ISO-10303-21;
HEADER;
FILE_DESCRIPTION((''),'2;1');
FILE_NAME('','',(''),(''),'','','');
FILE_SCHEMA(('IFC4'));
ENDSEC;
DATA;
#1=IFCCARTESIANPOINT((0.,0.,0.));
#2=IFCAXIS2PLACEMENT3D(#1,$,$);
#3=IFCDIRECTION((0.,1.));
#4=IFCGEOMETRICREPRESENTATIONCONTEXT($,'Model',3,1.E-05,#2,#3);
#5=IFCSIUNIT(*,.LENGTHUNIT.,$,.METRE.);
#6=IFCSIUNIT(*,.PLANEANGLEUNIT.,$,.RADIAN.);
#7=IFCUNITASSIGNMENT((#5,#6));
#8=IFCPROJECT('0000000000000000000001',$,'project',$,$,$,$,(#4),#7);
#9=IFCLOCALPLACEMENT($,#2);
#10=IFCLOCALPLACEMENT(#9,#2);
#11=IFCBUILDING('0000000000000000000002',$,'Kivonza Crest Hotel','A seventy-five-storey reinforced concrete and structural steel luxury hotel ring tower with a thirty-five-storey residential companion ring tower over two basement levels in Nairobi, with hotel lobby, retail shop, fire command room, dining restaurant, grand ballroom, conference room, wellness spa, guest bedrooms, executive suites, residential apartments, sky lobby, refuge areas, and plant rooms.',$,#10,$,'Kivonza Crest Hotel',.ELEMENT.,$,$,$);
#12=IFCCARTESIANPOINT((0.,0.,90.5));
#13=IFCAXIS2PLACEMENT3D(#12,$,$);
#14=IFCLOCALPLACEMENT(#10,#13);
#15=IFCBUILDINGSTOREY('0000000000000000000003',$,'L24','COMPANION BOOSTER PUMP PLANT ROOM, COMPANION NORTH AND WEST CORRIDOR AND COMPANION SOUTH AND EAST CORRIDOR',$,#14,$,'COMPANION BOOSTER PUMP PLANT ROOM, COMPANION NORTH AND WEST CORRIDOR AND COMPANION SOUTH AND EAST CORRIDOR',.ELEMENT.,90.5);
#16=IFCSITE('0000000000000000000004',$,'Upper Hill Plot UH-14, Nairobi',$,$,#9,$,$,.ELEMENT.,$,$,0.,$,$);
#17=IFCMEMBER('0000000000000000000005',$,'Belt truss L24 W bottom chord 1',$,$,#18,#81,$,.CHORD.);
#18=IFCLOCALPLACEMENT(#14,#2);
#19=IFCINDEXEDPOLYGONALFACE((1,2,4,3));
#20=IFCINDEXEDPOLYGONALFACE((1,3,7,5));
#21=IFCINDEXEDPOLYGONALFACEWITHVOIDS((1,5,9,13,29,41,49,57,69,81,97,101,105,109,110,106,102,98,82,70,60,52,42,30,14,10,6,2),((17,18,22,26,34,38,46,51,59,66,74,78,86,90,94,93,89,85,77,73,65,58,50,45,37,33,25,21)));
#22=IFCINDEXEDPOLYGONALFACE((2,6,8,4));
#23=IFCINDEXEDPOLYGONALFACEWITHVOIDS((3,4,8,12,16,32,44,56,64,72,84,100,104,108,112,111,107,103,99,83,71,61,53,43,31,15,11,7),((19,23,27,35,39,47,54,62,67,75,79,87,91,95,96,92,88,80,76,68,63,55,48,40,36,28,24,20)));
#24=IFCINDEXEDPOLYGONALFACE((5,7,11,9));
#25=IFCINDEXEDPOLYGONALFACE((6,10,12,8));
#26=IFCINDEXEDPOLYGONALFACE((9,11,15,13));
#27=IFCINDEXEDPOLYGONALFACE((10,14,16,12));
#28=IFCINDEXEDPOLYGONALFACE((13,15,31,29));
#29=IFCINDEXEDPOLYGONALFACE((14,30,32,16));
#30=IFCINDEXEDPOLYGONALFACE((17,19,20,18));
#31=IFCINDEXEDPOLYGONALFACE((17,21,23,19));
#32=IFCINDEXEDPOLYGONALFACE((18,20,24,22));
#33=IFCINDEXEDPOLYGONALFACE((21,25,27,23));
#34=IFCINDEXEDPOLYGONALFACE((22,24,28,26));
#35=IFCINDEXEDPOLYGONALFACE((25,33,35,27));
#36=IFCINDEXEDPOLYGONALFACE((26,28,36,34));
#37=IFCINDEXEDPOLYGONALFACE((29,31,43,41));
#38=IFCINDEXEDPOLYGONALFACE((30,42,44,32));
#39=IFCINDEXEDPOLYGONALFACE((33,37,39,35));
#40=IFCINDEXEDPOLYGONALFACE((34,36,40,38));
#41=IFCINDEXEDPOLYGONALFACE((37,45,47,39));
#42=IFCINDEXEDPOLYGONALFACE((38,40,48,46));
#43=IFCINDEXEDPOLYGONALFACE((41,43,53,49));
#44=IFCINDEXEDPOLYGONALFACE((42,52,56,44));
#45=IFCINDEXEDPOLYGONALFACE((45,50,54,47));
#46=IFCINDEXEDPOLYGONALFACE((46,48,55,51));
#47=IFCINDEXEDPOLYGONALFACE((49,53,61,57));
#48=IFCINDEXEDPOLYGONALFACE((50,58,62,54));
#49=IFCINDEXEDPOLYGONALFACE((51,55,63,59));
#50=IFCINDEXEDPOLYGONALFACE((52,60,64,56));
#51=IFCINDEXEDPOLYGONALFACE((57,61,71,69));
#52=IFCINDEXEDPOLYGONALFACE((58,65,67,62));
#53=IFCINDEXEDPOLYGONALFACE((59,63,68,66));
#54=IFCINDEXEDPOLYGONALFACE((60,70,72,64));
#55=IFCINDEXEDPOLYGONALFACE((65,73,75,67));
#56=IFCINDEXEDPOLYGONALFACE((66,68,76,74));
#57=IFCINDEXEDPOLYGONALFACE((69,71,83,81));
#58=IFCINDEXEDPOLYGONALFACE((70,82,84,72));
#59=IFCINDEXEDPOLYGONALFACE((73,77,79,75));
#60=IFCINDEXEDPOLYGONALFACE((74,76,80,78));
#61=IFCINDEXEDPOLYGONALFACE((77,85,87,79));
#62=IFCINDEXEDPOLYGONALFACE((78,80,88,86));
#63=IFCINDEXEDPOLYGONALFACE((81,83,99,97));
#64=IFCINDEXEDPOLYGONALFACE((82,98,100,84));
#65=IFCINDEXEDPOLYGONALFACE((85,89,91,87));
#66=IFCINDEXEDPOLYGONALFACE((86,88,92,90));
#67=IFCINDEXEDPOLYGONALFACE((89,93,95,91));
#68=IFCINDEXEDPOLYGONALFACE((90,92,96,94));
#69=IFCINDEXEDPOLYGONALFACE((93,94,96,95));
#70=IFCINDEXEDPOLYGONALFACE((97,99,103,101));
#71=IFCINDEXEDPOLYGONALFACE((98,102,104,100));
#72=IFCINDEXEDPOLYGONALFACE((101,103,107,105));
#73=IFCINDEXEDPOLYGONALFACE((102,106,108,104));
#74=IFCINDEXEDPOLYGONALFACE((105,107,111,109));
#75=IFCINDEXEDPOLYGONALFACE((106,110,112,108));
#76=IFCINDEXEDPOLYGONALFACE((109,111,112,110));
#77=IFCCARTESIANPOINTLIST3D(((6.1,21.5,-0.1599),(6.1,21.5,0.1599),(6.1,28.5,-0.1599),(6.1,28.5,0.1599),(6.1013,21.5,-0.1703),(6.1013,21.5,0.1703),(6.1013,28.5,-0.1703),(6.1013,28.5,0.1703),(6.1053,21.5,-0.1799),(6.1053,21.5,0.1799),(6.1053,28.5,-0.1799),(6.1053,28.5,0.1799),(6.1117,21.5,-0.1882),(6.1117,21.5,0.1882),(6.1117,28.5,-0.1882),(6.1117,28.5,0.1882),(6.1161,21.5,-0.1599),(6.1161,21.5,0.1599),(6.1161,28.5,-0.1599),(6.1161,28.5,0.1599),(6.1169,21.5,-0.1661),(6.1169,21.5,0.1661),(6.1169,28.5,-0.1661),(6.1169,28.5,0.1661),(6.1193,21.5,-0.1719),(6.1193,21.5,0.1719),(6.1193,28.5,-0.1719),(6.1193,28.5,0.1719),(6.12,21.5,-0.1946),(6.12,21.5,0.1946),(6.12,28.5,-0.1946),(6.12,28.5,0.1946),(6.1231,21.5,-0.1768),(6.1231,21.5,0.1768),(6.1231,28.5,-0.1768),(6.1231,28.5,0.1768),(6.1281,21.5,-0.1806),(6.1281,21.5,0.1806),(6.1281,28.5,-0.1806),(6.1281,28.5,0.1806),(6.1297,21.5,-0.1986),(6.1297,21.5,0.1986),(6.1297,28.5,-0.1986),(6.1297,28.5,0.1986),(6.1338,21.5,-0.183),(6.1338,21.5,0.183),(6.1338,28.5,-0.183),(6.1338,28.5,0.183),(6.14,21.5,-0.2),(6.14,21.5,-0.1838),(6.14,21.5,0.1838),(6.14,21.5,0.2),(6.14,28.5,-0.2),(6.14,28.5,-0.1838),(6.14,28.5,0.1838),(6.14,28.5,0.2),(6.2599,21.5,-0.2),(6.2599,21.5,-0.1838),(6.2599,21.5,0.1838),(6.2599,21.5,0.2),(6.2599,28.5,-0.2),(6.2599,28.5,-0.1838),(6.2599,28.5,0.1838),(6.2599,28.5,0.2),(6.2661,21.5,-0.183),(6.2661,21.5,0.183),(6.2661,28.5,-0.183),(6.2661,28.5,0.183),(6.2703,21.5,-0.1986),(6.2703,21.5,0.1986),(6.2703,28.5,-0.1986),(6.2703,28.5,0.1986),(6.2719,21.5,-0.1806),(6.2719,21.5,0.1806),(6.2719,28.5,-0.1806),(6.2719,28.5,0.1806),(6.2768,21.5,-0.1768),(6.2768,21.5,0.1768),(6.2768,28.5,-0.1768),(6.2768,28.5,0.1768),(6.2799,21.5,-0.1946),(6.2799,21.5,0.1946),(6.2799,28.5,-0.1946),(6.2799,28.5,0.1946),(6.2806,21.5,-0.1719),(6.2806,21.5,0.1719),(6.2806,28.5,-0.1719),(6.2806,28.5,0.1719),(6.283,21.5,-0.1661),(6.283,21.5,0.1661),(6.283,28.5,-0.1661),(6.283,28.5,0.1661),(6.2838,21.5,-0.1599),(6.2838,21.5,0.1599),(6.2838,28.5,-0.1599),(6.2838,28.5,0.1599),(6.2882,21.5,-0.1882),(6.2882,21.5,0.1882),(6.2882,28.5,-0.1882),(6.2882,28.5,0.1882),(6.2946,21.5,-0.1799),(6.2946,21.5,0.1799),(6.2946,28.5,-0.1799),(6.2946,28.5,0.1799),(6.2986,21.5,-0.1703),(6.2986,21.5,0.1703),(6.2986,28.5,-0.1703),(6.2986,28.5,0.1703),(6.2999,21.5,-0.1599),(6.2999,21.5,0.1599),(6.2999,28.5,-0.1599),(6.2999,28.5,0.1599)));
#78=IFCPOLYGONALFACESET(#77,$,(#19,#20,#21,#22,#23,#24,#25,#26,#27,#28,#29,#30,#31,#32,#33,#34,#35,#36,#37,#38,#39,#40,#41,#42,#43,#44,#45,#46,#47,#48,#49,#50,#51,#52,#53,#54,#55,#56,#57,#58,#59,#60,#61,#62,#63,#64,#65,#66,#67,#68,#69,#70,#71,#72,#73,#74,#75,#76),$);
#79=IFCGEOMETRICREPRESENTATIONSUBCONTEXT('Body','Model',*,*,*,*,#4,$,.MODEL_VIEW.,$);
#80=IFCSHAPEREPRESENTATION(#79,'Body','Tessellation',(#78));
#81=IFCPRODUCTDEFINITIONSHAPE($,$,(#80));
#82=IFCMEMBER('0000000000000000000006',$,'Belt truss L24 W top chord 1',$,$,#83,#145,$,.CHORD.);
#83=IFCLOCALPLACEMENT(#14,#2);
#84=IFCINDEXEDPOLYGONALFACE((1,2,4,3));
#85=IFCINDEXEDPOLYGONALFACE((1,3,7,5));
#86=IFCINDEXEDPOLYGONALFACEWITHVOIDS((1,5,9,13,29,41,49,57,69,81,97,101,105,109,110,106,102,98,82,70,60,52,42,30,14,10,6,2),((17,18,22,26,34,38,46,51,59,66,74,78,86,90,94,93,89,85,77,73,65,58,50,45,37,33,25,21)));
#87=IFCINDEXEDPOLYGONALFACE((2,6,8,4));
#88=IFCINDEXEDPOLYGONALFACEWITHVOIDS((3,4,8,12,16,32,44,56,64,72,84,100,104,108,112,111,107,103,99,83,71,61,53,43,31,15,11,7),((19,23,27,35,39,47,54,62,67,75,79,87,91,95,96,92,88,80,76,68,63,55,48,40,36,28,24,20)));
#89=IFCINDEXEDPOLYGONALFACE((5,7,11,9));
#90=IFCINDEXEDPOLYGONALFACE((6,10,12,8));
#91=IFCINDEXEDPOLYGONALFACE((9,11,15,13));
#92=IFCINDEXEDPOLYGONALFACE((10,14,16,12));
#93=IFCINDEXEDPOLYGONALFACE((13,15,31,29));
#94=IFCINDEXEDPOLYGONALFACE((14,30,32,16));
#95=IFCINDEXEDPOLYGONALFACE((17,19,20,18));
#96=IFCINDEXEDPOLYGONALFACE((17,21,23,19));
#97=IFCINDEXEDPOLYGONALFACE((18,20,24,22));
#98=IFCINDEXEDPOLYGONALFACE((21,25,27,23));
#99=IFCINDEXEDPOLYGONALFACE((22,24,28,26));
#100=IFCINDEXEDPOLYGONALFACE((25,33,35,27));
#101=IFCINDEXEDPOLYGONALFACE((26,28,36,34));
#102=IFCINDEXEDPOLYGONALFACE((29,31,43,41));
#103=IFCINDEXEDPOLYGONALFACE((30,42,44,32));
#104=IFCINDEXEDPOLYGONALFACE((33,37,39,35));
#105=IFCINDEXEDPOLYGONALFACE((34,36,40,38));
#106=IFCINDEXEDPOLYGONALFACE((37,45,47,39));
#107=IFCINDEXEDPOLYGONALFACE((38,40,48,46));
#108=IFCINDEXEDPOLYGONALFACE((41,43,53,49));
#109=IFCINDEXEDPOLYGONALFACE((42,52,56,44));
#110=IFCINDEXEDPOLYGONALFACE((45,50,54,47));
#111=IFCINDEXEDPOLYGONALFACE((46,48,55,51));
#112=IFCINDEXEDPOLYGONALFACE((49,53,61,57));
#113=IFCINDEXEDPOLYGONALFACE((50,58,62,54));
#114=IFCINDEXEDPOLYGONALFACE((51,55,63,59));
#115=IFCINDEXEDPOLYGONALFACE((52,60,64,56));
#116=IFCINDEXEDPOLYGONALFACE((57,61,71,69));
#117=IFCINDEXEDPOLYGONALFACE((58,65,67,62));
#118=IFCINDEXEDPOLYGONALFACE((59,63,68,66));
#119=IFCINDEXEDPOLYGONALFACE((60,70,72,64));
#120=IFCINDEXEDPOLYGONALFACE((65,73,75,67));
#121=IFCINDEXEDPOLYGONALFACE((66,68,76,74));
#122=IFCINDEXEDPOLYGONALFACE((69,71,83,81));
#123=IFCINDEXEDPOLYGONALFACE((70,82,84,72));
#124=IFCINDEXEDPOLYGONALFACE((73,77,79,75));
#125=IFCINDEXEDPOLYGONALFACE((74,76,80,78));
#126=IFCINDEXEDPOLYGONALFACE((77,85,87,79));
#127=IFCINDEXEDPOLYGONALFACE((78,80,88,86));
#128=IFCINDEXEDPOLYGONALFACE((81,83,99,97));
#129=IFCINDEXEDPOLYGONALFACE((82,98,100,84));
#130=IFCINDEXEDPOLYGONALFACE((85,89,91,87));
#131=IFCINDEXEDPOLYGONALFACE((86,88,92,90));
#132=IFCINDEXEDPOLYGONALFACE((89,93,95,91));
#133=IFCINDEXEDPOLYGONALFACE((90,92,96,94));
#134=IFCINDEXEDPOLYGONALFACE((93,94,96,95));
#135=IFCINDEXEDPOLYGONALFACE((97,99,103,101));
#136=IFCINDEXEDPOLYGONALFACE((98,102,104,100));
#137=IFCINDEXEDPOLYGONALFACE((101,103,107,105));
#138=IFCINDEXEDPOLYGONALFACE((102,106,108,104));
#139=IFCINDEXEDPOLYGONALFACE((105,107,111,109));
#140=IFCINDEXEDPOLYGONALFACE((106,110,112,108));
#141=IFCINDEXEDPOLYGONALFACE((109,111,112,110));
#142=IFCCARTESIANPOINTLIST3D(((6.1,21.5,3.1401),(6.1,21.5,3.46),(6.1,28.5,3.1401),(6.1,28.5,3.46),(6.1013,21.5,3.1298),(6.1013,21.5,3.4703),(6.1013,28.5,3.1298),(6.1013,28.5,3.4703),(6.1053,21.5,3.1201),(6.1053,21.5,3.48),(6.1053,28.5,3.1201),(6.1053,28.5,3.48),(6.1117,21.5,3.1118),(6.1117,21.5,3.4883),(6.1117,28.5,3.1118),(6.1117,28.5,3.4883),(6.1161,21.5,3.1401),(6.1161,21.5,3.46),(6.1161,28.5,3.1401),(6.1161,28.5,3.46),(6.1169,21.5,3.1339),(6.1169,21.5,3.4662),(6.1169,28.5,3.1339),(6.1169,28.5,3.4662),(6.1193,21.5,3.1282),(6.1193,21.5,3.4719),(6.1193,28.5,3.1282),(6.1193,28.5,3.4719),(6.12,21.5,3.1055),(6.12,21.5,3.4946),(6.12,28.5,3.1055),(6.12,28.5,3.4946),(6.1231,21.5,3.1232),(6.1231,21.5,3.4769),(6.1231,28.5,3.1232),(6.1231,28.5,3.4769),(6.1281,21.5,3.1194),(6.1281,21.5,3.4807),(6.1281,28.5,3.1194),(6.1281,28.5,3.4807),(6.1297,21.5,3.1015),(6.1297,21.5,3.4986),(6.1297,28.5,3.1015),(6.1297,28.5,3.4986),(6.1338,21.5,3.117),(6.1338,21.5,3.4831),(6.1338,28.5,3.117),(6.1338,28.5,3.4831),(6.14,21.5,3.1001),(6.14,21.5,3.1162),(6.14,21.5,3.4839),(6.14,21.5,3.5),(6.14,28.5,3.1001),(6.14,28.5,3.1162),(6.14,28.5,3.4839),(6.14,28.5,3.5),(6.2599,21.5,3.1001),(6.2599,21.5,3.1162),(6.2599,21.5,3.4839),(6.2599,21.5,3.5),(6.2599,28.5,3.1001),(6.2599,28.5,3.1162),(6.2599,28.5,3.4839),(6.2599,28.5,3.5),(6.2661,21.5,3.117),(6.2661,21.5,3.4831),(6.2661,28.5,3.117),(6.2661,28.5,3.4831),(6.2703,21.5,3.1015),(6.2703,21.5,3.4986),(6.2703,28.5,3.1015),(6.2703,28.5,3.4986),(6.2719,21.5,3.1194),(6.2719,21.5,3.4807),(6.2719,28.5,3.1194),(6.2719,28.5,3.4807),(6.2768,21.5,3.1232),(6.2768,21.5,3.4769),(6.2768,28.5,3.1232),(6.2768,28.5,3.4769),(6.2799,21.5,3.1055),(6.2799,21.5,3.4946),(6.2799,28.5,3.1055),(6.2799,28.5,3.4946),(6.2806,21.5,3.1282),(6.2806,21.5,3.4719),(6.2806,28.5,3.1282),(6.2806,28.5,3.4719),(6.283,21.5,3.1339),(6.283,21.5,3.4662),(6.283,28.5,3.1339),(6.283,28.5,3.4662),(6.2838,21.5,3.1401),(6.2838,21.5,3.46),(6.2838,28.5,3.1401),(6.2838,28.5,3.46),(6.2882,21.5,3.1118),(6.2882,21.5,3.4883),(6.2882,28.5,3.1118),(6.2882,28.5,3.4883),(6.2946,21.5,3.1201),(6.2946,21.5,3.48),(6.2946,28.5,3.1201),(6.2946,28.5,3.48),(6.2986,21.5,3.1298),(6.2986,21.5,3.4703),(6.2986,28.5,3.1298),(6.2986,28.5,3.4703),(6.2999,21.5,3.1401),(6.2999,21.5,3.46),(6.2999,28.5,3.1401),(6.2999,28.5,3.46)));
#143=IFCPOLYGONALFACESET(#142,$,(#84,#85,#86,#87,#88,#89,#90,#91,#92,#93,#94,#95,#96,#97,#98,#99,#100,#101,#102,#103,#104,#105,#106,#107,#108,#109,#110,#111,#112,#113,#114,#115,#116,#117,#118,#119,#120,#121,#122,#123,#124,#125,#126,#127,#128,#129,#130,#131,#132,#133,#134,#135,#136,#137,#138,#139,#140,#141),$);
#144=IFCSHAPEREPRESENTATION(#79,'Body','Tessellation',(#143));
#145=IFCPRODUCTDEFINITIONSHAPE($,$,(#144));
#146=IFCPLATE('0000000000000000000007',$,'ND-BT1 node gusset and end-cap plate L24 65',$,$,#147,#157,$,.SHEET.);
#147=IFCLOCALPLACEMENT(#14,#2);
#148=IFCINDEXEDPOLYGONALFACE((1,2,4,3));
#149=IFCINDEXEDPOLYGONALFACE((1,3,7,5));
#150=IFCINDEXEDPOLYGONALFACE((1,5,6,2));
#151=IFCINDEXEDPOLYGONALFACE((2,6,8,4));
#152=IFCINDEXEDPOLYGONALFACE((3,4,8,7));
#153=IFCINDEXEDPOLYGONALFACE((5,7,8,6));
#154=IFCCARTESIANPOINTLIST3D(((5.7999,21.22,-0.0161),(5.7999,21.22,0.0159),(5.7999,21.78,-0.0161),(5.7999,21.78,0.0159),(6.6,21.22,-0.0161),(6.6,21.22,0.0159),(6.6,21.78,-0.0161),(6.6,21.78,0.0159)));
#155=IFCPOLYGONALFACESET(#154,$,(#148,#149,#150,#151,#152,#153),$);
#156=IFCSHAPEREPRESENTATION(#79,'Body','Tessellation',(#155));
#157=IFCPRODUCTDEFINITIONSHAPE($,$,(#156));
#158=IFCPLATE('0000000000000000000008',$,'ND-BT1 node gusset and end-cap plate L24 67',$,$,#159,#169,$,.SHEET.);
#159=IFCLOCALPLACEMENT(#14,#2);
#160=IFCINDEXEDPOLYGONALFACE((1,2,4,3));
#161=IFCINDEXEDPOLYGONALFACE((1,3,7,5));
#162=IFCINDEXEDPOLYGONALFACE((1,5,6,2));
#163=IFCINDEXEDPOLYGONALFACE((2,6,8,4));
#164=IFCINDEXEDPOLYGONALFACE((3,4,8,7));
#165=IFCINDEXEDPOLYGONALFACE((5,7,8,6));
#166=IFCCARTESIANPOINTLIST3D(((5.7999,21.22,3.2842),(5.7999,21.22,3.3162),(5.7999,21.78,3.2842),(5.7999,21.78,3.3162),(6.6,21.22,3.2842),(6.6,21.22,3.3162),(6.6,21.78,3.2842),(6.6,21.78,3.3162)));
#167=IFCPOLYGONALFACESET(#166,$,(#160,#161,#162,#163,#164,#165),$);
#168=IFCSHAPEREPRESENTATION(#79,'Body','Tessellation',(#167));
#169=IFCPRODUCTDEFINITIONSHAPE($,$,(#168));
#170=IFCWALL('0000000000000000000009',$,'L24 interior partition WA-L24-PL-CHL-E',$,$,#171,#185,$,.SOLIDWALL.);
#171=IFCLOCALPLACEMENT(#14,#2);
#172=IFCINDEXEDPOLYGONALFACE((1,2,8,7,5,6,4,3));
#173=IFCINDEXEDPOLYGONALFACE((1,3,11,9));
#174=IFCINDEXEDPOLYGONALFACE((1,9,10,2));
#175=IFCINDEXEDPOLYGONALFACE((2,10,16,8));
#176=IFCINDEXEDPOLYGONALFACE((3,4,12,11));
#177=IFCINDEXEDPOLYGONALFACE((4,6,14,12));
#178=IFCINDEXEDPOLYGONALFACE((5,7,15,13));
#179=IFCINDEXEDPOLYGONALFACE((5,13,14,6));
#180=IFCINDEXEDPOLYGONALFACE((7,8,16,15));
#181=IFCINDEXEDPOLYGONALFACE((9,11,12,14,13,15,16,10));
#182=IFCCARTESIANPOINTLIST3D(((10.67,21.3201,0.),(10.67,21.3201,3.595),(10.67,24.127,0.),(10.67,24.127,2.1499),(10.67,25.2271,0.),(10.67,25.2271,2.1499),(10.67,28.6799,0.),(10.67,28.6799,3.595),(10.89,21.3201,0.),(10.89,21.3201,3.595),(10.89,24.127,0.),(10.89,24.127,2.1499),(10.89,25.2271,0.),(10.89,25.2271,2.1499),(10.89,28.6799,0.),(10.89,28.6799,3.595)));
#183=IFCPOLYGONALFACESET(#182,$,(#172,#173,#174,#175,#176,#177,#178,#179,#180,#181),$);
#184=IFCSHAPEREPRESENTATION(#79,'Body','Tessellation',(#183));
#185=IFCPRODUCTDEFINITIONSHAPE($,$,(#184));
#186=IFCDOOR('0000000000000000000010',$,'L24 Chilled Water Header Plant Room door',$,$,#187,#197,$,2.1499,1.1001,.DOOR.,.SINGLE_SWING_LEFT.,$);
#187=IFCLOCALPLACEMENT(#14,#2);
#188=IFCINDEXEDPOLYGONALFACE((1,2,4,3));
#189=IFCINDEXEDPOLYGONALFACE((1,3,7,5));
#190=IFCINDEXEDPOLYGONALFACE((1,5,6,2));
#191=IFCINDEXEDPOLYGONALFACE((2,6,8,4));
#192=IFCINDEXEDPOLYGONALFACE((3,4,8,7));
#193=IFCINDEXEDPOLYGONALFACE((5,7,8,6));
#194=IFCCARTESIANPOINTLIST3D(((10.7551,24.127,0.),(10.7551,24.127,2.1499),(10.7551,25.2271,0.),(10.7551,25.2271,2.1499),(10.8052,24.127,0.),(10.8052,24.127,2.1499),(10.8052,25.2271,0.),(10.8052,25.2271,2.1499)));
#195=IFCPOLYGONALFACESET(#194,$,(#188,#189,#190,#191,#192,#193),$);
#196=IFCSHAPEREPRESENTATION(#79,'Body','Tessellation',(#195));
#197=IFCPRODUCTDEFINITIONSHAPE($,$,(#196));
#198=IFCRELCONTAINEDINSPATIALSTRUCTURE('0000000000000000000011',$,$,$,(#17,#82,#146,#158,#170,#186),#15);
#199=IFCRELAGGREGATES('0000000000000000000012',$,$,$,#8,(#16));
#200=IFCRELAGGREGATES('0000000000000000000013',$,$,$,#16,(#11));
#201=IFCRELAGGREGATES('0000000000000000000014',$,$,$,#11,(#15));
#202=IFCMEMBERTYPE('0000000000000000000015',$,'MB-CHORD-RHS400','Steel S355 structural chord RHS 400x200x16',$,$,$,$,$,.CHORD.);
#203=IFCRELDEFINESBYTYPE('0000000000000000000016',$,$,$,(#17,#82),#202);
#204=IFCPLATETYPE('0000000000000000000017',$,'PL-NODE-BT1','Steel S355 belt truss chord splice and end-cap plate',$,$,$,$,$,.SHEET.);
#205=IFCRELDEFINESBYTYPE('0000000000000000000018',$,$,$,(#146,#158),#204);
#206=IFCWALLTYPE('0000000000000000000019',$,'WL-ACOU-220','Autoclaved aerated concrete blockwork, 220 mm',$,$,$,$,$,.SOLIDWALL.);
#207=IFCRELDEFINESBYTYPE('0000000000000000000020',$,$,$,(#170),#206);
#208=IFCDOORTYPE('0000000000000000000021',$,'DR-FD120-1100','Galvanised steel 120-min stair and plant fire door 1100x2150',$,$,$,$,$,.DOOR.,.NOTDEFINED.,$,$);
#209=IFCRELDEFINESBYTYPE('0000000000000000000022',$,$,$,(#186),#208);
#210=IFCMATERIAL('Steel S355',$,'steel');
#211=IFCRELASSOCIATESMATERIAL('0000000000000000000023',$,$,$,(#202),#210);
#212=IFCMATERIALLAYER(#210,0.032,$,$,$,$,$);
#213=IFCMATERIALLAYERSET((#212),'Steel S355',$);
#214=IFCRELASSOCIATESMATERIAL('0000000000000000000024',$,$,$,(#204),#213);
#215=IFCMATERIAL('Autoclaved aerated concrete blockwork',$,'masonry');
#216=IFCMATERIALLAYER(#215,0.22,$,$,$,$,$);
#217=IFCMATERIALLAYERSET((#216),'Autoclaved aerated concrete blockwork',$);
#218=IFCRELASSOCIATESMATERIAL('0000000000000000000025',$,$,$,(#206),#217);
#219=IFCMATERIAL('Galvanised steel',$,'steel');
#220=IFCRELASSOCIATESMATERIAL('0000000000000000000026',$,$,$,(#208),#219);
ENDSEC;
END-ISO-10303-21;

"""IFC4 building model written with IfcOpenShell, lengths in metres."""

from ifc_helpers import new_model, si_unit, direction, frame, frame_2d, origin, origin_2d, place, context, subcontext, project, spatial, rectangle, hollow_rectangle, extrude, material, layer, layer_set, material_profile, profile_set, type_object, element, fill, save


model = new_model("IFC4")

# Units and contexts
model_context = context("Model", 3, precision=1e-05, world=origin(), true_north=direction((0.0, 1.0)))
body_context = subcontext(model_context, "Body", "Model", "MODEL_VIEW")
ifc_project = project(units=[si_unit("LENGTHUNIT", "METRE"), si_unit("PLANEANGLEUNIT", "RADIAN")], contexts=[model_context])

# Site, building, storey
site_placement = place(None, origin())
site = spatial("IfcSite", under=ifc_project, at=site_placement, Name="Upper Hill Plot UH-14, Nairobi", CompositionType="ELEMENT", RefElevation=0.0)
building_placement = place(site_placement, origin())
building = spatial("IfcBuilding", under=site, at=building_placement, Name="Kivonza Crest Hotel", Description="A seventy-five-storey reinforced concrete and structural steel luxury hotel ring tower with a thirty-five-storey residential companion ring tower over two basement levels in Nairobi, with hotel lobby, retail shop, fire command room, dining restaurant, grand ballroom, conference room, wellness spa, guest bedrooms, executive suites, residential apartments, sky lobby, refuge areas, and plant rooms.", LongName="Kivonza Crest Hotel", CompositionType="ELEMENT")
storey_placement = place(building_placement, frame((0.0, 0.0, 90.5)))
storey = spatial("IfcBuildingStorey", under=building, at=storey_placement, Name="L24", Description="COMPANION BOOSTER PUMP PLANT ROOM, COMPANION NORTH AND WEST CORRIDOR AND COMPANION SOUTH AND EAST CORRIDOR", LongName="COMPANION BOOSTER PUMP PLANT ROOM, COMPANION NORTH AND WEST CORRIDOR AND COMPANION SOUTH AND EAST CORRIDOR", CompositionType="ELEMENT", Elevation=90.5)

# Shared definitions
ifc_material_1 = material(Name="Steel S355", Category="steel")

# Members
ifc_material_profile_1 = material_profile(ifc_material_1, hollow_rectangle(XDim=0.2, YDim=0.3999, WallThickness=0.0161, InnerFilletRadius=0.0239, OuterFilletRadius=0.04, at=origin_2d()), Name="RHS 400x200x16")
ifc_profile_set_1 = profile_set([ifc_material_profile_1], Name="Steel S355")
member_type_1 = type_object("IfcMemberType", Name="MB-CHORD-RHS400", Description="Steel S355 structural chord RHS 400x200x16", PredefinedType="CHORD", material=ifc_profile_set_1)
for number, where, z_axis, x_axis, name in (
    (1, (6.2, 21.5, 0.0), (0.0, 1.0, 0.0), (-1.0, 0.0, 0.0), "Belt truss L24 W bottom chord 1"),
    (2, (6.2, 21.5, 3.3), (0.0, 1.0, 0.0), (-1.0, 0.0, 0.0), "Belt truss L24 W top chord 1"),
):
    element("IfcMember", number, at=place(storey_placement, frame(where, z_axis=z_axis, x_axis=x_axis)), inside=storey, type_object=member_type_1, Name=name, PredefinedType="CHORD", context=body_context, shape_type="SweptSolid", body=[
        extrude(hollow_rectangle(XDim=0.2, YDim=0.3999, WallThickness=0.0161, InnerFilletRadius=0.0239, OuterFilletRadius=0.04, at=origin_2d()), origin(), (0.0, 0.0, 1.0), 7.0),
    ])

# Plates
ifc_layer_1 = layer(ifc_material_1, 0.032)
ifc_layer_set_1 = layer_set([ifc_layer_1], Name="Steel S355")
plate_type = type_object("IfcPlateType", Name="PL-NODE-BT1", Description="Steel S355 belt truss chord splice and end-cap plate", PredefinedType="SHEET", material=ifc_layer_set_1)
for number, where, z_axis, x_axis, name in (
    (3, (6.2, 21.5, -0.0161), (0.0, 0.0, 1.0), (1.0, 0.0, 0.0), "ND-BT1 node gusset and end-cap plate L24 65"),
    (4, (6.2, 21.5, 3.2842), (0.0, 0.0, 1.0), (1.0, 0.0, 0.0), "ND-BT1 node gusset and end-cap plate L24 67"),
):
    element("IfcPlate", number, at=place(storey_placement, frame(where, z_axis=z_axis, x_axis=x_axis)), inside=storey, type_object=plate_type, Name=name, PredefinedType="SHEET", context=body_context, shape_type="SweptSolid", body=[
        extrude(rectangle(XDim=0.8, YDim=0.5601, at=origin_2d()), origin(), (0.0, 0.0, 1.0), 0.032),
    ])

# Wall, opening, door
ifc_material_2 = material(Name="Autoclaved aerated concrete blockwork", Category="masonry")
ifc_layer_2 = layer(ifc_material_2, 0.22)
ifc_layer_set_2 = layer_set([ifc_layer_2], Name="Autoclaved aerated concrete blockwork")
wall_type_1 = type_object("IfcWallType", Name="WL-ACOU-220", Description="Autoclaved aerated concrete blockwork, 220 mm", PredefinedType="SOLIDWALL", material=ifc_layer_set_2)
ifc_material_3 = material(Name="Galvanised steel", Category="steel")
door_type_1 = type_object("IfcDoorType", Name="DR-FD120-1100", Description="Galvanised steel 120-min stair and plant fire door 1100x2150", OperationType="NOTDEFINED", PredefinedType="DOOR", material=ifc_material_3)
wall_1_placement = place(storey_placement, frame((10.78, 21.3201, 0.0), z_axis=(0.0, 0.0, 1.0), x_axis=(0.0, 1.0, 0.0)))
wall_1 = element("IfcWall", 5, at=wall_1_placement, inside=storey, type_object=wall_type_1, Name="L24 interior partition WA-L24-PL-CHL-E", PredefinedType="SOLIDWALL", context=body_context, shape_type="SweptSolid", body=[
    extrude(rectangle(XDim=7.3599, YDim=0.22, at=frame_2d((3.6799, 0.0))), origin(), (0.0, 0.0, 1.0), 3.595),
])
opening_1_placement = place(wall_1_placement, frame((2.8069, 0.0, 0.0)))
opening_1 = element("IfcOpeningElement", 6, at=opening_1_placement, cuts=wall_1, PredefinedType="OPENING", context=body_context, shape_type="SweptSolid", body=[
    extrude(rectangle(XDim=1.1001, YDim=2.1499, at=frame_2d((0.55, 1.075))), frame((0.0, 0.1201, 0.0), z_axis=(0.0, -1.0, 0.0), x_axis=(1.0, 0.0, 0.0)), (0.0, 0.0, 1.0), 0.24),
])
door_1_placement = place(opening_1_placement, origin())
door_1 = element("IfcDoor", 7, at=door_1_placement, inside=storey, type_object=door_type_1, Name="L24 Chilled Water Header Plant Room door", OperationType="SINGLE_SWING_LEFT", OverallHeight=2.1499, OverallWidth=1.1001, PredefinedType="DOOR", context=body_context, shape_type="SweptSolid", body=[
    extrude(rectangle(XDim=1.1001, YDim=2.1499, at=frame_2d((0.55, 1.075))), frame((0.0, 0.0249, 0.0), z_axis=(0.0, -1.0, 0.0), x_axis=(1.0, 0.0, 0.0)), (0.0, 0.0, 1.0), 0.05),
])
fill(opening_1, door_1)

save(model, "model.ifc")
